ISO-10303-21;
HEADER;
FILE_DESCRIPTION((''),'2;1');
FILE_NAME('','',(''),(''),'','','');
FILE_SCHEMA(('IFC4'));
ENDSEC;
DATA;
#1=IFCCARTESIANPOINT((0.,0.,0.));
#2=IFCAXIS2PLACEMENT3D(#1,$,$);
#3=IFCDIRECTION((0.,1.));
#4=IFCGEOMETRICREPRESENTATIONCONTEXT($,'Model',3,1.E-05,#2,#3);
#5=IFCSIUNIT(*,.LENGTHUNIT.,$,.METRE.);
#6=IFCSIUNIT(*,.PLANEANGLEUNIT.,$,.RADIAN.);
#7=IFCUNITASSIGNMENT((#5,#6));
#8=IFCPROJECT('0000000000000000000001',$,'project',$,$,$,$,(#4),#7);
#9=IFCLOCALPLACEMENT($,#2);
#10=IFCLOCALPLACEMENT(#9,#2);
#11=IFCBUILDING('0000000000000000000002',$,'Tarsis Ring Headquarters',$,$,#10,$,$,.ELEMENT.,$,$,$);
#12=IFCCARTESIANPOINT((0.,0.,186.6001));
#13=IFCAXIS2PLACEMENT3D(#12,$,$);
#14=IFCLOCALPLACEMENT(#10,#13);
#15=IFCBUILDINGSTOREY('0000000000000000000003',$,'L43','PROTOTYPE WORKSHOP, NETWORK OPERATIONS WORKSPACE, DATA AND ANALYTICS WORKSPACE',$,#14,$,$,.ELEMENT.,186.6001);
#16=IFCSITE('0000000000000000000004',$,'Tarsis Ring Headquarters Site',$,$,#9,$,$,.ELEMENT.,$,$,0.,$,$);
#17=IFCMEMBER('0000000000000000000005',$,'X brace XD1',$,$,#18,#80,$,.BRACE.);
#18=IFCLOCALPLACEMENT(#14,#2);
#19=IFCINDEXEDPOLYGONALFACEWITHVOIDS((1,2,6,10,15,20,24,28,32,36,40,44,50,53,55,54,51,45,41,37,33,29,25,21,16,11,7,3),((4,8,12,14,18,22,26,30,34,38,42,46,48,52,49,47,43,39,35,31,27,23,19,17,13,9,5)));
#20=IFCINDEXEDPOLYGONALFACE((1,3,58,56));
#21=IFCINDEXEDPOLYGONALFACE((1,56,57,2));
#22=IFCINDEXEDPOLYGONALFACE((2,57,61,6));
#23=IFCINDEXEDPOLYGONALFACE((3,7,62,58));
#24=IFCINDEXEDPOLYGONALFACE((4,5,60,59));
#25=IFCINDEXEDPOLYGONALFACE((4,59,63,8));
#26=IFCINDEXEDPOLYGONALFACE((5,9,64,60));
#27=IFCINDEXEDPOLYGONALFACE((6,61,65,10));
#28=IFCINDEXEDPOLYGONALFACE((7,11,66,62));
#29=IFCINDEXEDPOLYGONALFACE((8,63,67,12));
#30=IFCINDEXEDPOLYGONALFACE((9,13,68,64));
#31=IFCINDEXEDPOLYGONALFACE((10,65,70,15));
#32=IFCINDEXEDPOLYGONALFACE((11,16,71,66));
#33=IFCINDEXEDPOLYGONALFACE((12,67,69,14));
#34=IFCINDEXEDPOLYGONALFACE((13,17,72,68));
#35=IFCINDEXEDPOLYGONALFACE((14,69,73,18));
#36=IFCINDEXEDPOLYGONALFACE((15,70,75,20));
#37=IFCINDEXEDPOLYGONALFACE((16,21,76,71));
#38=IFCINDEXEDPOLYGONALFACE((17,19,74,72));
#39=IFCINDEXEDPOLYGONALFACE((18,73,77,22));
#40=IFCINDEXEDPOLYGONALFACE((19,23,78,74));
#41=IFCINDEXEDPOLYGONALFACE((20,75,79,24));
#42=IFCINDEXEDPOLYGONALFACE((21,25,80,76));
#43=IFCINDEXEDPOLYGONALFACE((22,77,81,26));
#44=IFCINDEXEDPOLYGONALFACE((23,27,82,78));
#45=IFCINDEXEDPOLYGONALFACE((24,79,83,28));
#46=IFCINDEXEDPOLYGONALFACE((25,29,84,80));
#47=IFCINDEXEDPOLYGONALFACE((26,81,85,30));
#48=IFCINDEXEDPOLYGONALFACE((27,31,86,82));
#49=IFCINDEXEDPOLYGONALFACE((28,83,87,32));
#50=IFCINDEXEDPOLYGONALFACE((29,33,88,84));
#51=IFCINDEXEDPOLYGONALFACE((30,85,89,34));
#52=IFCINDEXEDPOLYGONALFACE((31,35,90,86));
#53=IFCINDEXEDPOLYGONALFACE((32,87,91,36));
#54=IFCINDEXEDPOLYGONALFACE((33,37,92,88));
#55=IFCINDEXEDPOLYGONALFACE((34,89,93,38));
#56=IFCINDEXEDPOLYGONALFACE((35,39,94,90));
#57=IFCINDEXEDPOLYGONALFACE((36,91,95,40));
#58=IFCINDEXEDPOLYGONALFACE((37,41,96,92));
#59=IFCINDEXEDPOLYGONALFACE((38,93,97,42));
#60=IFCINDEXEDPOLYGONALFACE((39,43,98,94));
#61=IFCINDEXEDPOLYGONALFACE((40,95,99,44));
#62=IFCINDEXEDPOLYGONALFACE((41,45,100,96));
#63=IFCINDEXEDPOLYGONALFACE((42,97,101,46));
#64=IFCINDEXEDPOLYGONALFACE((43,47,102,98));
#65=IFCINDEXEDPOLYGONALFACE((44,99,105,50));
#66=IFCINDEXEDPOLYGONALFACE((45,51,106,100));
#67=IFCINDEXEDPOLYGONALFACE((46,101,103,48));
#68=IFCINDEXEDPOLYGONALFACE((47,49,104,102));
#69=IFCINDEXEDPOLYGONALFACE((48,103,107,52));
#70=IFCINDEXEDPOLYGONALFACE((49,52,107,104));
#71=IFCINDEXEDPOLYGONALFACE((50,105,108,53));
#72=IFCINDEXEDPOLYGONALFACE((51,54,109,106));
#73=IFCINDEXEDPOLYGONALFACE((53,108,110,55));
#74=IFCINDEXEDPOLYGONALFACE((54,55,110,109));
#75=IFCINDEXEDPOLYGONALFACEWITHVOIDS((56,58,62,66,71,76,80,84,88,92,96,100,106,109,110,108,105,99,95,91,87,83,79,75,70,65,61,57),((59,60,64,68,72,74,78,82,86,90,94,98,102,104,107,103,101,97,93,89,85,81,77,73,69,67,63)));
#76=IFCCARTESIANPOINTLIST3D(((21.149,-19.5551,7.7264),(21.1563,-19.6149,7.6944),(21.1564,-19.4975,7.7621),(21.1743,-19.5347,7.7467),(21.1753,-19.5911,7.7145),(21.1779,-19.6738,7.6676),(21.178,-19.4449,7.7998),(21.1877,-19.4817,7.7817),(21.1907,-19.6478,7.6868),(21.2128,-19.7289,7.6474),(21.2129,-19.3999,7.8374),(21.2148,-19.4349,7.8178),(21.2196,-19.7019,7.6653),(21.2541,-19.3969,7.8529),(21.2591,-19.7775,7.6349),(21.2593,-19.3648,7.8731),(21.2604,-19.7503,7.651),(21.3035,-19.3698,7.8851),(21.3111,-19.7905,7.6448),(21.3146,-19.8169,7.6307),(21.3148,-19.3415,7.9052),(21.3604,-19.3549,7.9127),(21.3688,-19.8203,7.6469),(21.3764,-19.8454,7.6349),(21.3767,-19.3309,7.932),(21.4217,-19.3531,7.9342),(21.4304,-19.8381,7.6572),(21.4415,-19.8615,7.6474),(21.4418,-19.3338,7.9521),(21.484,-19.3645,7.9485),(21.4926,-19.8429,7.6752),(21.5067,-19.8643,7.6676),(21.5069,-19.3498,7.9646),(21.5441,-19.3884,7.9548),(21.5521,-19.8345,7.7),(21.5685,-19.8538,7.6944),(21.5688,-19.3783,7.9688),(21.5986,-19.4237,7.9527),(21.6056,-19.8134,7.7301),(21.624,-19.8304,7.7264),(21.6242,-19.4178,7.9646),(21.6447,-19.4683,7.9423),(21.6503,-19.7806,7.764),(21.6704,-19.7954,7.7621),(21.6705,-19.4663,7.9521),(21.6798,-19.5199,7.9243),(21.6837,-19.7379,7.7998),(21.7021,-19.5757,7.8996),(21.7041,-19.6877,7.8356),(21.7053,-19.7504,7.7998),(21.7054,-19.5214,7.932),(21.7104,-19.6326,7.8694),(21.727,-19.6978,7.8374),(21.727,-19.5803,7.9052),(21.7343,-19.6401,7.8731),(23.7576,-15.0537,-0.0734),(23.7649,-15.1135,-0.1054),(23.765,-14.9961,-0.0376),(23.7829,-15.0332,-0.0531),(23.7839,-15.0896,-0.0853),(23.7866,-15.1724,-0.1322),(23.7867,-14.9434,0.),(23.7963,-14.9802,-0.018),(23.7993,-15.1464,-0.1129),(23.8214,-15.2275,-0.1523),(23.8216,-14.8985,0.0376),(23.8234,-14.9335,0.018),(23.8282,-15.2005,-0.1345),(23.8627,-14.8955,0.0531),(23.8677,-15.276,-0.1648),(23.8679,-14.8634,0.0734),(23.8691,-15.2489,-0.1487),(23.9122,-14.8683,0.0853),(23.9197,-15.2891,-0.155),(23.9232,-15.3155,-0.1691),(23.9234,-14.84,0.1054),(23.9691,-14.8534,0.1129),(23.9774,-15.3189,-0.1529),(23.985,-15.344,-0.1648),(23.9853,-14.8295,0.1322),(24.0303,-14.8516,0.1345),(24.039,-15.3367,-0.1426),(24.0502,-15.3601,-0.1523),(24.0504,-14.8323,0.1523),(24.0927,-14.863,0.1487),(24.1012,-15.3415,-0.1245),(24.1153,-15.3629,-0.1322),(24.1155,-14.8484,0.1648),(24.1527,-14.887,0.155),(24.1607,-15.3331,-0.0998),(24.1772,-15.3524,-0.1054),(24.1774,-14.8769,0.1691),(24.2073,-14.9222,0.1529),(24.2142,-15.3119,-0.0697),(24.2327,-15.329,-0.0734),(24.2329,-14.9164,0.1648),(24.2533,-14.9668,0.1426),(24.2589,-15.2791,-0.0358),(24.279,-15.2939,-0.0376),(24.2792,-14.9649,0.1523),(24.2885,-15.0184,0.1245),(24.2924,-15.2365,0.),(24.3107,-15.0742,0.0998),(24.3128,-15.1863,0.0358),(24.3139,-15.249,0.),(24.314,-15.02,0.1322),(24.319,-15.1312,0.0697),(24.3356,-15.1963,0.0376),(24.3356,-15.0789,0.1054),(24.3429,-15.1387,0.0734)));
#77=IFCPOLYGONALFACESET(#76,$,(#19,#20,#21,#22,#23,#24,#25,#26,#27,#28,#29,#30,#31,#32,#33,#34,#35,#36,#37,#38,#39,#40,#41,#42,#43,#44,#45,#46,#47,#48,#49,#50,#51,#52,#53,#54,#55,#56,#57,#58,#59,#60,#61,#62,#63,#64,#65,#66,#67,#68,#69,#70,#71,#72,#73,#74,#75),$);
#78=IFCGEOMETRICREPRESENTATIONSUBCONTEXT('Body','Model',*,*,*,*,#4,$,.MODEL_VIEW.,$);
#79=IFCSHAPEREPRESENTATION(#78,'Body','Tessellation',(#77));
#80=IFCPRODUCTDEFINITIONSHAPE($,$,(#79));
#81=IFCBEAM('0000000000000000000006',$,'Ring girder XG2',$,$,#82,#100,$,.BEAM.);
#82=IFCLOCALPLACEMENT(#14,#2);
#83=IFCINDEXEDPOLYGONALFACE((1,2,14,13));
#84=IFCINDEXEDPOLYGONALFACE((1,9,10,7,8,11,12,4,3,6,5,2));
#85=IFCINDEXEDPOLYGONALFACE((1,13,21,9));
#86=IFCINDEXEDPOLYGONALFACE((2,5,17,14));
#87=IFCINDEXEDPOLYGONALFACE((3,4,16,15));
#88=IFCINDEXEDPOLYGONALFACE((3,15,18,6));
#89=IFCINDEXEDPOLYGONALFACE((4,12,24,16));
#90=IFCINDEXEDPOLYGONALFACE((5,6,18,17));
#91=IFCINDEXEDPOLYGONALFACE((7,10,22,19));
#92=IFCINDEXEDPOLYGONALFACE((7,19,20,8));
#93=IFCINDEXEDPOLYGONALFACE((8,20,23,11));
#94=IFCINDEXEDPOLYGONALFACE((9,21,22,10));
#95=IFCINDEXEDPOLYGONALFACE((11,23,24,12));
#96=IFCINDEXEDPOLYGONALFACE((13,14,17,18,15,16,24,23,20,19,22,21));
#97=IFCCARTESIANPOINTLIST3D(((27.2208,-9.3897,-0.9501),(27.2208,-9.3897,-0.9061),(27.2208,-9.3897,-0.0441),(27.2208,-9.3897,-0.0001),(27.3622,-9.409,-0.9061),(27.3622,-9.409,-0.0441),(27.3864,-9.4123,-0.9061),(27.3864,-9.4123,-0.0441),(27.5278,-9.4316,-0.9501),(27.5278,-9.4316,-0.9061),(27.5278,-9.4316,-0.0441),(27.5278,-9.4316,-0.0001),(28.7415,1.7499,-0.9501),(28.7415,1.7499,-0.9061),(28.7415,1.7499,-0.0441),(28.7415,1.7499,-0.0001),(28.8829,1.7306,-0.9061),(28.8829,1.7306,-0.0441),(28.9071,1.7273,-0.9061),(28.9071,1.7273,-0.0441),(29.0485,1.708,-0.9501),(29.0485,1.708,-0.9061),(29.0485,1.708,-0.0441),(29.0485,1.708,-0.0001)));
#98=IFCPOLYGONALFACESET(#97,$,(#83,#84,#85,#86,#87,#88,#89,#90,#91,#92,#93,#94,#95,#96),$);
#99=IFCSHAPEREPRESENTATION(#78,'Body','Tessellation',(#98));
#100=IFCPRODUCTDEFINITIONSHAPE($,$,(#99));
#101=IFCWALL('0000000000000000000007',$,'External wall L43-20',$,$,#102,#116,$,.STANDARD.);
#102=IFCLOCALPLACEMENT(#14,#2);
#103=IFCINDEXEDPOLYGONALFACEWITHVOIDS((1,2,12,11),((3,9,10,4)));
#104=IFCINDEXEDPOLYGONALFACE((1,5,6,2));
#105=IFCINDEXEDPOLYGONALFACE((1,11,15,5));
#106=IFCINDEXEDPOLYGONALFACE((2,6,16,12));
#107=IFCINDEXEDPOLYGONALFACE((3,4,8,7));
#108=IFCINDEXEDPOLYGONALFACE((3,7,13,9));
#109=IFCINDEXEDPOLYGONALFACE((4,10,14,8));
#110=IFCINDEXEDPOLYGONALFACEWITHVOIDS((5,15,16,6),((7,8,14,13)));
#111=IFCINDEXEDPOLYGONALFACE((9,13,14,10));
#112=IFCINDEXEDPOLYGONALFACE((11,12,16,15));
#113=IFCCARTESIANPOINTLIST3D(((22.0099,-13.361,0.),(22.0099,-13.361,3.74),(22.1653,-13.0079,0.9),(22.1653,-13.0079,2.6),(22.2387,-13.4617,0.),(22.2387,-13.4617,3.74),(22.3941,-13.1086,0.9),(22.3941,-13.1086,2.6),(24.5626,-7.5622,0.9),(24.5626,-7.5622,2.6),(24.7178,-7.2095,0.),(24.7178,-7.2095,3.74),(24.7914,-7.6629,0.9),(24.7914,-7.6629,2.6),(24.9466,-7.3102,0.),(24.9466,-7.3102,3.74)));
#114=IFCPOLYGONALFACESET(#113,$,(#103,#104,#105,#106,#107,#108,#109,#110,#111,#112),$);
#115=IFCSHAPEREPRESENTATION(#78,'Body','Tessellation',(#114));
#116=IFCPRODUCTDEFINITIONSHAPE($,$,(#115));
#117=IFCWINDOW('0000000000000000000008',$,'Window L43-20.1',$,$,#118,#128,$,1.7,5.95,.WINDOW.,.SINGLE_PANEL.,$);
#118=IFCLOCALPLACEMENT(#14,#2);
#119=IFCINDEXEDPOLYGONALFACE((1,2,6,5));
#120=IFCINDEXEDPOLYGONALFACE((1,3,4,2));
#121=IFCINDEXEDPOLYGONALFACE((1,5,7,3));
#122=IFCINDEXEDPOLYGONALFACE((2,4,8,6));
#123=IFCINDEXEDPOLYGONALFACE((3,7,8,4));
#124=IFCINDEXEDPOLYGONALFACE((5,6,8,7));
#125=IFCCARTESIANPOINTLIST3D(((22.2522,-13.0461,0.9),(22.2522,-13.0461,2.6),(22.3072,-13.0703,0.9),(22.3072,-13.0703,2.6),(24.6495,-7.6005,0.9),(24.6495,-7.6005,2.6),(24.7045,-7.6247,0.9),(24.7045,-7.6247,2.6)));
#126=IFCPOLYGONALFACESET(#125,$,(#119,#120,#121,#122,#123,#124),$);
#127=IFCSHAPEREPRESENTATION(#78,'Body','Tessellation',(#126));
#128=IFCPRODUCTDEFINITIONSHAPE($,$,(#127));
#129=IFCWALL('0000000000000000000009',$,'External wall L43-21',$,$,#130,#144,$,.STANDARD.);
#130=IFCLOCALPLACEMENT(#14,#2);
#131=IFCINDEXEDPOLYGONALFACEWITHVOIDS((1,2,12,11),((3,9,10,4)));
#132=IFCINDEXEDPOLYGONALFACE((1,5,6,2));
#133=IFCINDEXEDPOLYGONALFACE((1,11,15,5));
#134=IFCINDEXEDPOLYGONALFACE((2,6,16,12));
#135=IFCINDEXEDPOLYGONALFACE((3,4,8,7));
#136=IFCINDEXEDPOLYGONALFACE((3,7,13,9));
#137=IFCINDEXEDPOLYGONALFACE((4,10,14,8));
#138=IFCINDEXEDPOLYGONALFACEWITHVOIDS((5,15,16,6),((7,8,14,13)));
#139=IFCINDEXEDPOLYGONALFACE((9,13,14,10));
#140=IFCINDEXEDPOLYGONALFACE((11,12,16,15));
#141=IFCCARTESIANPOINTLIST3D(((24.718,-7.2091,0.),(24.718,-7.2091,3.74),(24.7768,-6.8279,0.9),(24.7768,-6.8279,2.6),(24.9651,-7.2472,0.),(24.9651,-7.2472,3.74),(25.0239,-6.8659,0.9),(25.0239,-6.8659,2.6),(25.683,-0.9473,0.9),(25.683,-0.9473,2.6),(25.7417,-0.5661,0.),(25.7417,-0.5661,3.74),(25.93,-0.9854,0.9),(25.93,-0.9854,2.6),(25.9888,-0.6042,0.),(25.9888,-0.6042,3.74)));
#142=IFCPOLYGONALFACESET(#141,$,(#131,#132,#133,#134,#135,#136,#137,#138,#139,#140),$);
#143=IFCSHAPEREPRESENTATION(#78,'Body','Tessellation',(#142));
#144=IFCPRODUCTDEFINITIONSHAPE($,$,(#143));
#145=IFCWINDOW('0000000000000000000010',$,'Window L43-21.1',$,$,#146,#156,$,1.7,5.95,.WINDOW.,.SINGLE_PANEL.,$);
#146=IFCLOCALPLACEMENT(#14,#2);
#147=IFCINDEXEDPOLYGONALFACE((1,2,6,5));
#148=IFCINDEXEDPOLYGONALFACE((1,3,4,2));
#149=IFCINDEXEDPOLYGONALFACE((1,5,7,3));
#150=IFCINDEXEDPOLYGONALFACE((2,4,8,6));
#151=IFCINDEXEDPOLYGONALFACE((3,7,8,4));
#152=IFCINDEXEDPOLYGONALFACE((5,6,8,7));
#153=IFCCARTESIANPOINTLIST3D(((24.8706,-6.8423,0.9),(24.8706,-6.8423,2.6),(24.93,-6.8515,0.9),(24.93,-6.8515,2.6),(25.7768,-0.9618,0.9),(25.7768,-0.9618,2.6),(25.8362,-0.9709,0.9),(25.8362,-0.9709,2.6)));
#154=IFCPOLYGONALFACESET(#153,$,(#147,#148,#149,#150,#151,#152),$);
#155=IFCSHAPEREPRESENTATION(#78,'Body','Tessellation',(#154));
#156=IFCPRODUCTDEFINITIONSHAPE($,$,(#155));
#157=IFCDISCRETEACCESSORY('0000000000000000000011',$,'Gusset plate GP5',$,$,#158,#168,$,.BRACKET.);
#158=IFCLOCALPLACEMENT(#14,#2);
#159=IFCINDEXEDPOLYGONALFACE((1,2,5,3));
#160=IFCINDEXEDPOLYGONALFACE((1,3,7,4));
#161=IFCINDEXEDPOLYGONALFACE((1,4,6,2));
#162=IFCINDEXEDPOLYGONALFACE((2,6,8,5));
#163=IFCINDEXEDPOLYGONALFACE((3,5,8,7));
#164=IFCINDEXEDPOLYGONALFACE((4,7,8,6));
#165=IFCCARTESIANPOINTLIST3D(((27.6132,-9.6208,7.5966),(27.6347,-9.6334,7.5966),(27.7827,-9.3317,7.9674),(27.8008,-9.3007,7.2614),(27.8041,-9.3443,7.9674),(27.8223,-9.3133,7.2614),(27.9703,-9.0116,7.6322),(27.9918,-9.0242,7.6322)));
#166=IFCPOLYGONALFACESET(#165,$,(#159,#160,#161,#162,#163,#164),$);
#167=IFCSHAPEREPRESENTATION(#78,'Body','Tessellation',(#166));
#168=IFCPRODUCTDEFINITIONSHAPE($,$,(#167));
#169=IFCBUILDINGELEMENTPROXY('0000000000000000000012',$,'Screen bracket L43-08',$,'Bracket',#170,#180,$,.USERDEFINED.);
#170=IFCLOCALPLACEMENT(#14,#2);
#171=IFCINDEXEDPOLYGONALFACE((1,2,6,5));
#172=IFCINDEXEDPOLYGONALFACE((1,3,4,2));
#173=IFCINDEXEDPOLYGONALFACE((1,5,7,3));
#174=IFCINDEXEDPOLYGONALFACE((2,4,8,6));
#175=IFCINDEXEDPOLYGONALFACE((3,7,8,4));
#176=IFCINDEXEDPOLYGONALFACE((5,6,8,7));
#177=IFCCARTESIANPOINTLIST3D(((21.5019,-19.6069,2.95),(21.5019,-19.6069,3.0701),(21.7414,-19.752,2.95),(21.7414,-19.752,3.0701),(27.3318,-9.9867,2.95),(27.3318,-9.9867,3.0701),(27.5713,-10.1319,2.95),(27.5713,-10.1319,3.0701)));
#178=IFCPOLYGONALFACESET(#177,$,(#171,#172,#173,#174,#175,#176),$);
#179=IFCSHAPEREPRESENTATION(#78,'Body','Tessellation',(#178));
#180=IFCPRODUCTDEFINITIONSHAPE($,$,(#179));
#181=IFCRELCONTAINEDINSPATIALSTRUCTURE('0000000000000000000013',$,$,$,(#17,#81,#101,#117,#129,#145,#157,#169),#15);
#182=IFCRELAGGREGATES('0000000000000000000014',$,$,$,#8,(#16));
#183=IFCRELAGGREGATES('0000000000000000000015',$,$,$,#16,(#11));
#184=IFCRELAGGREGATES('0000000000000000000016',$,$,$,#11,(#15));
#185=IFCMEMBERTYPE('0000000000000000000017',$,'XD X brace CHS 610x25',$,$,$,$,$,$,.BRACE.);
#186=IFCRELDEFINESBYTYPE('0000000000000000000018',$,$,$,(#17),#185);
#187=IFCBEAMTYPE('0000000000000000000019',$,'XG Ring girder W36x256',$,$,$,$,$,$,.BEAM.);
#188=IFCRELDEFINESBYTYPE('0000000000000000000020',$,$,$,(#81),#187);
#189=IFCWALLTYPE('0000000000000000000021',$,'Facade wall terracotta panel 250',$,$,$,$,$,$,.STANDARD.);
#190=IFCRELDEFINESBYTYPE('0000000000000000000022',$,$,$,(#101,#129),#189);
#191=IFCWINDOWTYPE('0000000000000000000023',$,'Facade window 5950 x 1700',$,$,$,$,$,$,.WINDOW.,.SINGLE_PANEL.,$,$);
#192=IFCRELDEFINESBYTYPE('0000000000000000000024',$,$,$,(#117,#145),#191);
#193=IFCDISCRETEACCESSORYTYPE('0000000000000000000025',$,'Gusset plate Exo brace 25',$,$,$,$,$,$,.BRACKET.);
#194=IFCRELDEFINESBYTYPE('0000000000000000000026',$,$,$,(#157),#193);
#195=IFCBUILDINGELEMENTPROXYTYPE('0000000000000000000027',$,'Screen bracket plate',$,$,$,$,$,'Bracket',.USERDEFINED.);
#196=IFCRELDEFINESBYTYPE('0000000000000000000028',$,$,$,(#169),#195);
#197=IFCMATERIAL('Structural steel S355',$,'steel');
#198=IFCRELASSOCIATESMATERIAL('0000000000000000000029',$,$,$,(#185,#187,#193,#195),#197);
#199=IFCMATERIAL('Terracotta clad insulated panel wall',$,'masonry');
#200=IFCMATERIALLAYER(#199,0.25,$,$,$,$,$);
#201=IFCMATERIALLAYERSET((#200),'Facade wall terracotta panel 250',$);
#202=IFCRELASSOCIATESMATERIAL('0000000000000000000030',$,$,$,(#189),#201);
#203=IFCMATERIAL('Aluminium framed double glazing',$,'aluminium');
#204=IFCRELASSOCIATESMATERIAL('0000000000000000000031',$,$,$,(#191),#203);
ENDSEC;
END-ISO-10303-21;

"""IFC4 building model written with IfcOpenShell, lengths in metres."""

from ifc_helpers import new_model, si_unit, direction, frame, frame_2d, origin, origin_2d, place, context, subcontext, project, spatial, rectangle, hollow_circle, i_section, extrude, material, layer, layer_set, material_profile, profile_set, type_object, element, fill, save


model = new_model("IFC4")

# Units and contexts
model_context = context("Model", 3, precision=1e-05, world=origin(), true_north=direction((0.0, 1.0)))
body_context = subcontext(model_context, "Body", "Model", "MODEL_VIEW")
ifc_project = project(units=[si_unit("LENGTHUNIT", "METRE"), si_unit("PLANEANGLEUNIT", "RADIAN")], contexts=[model_context])

# Site, building, storey
site_placement = place(None, origin())
site = spatial("IfcSite", under=ifc_project, at=site_placement, Name="Tarsis Ring Headquarters Site", CompositionType="ELEMENT", RefElevation=0.0)
building_placement = place(site_placement, origin())
building = spatial("IfcBuilding", under=site, at=building_placement, Name="Tarsis Ring Headquarters", CompositionType="ELEMENT")
storey_placement = place(building_placement, frame((0.0, 0.0, 186.6001)))
storey = spatial("IfcBuildingStorey", under=building, at=storey_placement, Name="L43", Description="PROTOTYPE WORKSHOP, NETWORK OPERATIONS WORKSPACE, DATA AND ANALYTICS WORKSPACE", CompositionType="ELEMENT", Elevation=186.6001)

# Shared definitions
ifc_material_1 = material(Name="Structural steel S355", Category="steel")

# Member
ifc_material_profile_1 = material_profile(ifc_material_1, hollow_circle(Radius=0.3047, WallThickness=0.0249, at=origin_2d()), Name="CHS 610x25")
ifc_profile_set_1 = profile_set([ifc_material_profile_1], Name="Structural steel S355")
member_type = type_object("IfcMemberType", Name="XD X brace CHS 610x25", PredefinedType="BRACE", material=ifc_profile_set_1)
member_1_placement = place(storey_placement, frame((24.0503, -15.0962, 0.0), z_axis=(-0.278232, -0.480117, 0.83191), x_axis=(0.865215, -0.501401, 0.0)))
element("IfcMember", 1, at=member_1_placement, inside=storey, type_object=member_type, Name="X brace XD1", PredefinedType="BRACE", context=body_context, shape_type="SweptSolid", body=[
    extrude(hollow_circle(Radius=0.3047, WallThickness=0.0249, at=origin_2d()), origin(), (0.0, 0.0, 1.0), 9.3757),
])

# Beam
ifc_material_profile_2 = material_profile(ifc_material_1, i_section(OverallWidth=0.3098, OverallDepth=0.95, WebThickness=0.0244, FlangeThickness=0.0439, at=origin_2d()), Name="W36x256")
ifc_profile_set_2 = profile_set([ifc_material_profile_2], Name="Structural steel S355")
beam_type = type_object("IfcBeamType", Name="XG Ring girder W36x256", PredefinedType="BEAM", material=ifc_profile_set_2)
beam_placement = place(storey_placement, frame((27.3743, -9.4106, -0.4751), z_axis=(0.135262, 0.99081, 0.0), x_axis=(-0.99081, 0.135262, 0.0)))
element("IfcBeam", 2, at=beam_placement, inside=storey, type_object=beam_type, Name="Ring girder XG2", PredefinedType="BEAM", context=body_context, shape_type="SweptSolid", body=[
    extrude(i_section(OverallWidth=0.3098, OverallDepth=0.95, WebThickness=0.0244, FlangeThickness=0.0439, at=origin_2d()), origin(), (0.0, 0.0, 1.0), 11.2429),
])

# Walls, openings, windows
ifc_material_2 = material(Name="Terracotta clad insulated panel wall", Category="masonry")
ifc_layer = layer(ifc_material_2, 0.25)
ifc_layer_set = layer_set([ifc_layer], Name="Facade wall terracotta panel 250")
wall_type = type_object("IfcWallType", Name="Facade wall terracotta panel 250", PredefinedType="STANDARD", material=ifc_layer_set)
wall_1_placement = place(storey_placement, frame((22.1243, -13.4114, 0.0), z_axis=(0.0, 0.0, 1.0), x_axis=(0.402901, 0.915244, 0.0)))
wall_1 = element("IfcWall", 3, at=wall_1_placement, inside=storey, type_object=wall_type, Name="External wall L43-20", PredefinedType="STANDARD", context=body_context, shape_type="SweptSolid", body=[
    extrude(rectangle(XDim=6.7212, YDim=0.25, at=frame_2d((3.3606, 0.0))), origin(), (0.0, 0.0, 1.0), 3.74),
])
opening_1_placement = place(wall_1_placement, frame((0.3857, 0.0, 0.8999)))
opening_1 = element("IfcOpeningElement", 4, at=opening_1_placement, cuts=wall_1, PredefinedType="OPENING", context=body_context, shape_type="SweptSolid", body=[
    extrude(rectangle(XDim=5.95, YDim=1.7, at=frame_2d((2.9751, 0.8501))), frame((0.0, 0.135, 0.0), z_axis=(0.0, -1.0, 0.0), x_axis=(1.0, 0.0, 0.0)), (0.0, 0.0, 1.0), 0.27),
])
ifc_material_3 = material(Name="Aluminium framed double glazing", Category="aluminium")
window_type = type_object("IfcWindowType", Name="Facade window 5950 x 1700", PartitioningType="SINGLE_PANEL", PredefinedType="WINDOW", material=ifc_material_3)
window_1_placement = place(opening_1_placement, origin())
window_1 = element("IfcWindow", 5, at=window_1_placement, inside=storey, type_object=window_type, Name="Window L43-20.1", OverallHeight=1.7, OverallWidth=5.95, PartitioningType="SINGLE_PANEL", PredefinedType="WINDOW", context=body_context, shape_type="SweptSolid", body=[
    extrude(rectangle(XDim=5.95, YDim=1.7, at=frame_2d((2.9751, 0.8501))), frame((0.0, 0.03, 0.0), z_axis=(0.0, -1.0, 0.0), x_axis=(1.0, 0.0, 0.0)), (0.0, 0.0, 1.0), 0.0601),
])
fill(opening_1, window_1)
wall_2_placement = place(storey_placement, frame((24.8416, -7.2283, 0.0), z_axis=(0.0, 0.0, 1.0), x_axis=(0.1523, 0.988334, 0.0)))
wall_2 = element("IfcWall", 6, at=wall_2_placement, inside=storey, type_object=wall_type, Name="External wall L43-21", PredefinedType="STANDARD", context=body_context, shape_type="SweptSolid", body=[
    extrude(rectangle(XDim=6.7214, YDim=0.25, at=frame_2d((3.3608, 0.0))), origin(), (0.0, 0.0, 1.0), 3.74),
])
opening_2_placement = place(wall_2_placement, frame((0.3857, 0.0, 0.8999)))
opening_2 = element("IfcOpeningElement", 7, at=opening_2_placement, cuts=wall_2, PredefinedType="OPENING", context=body_context, shape_type="SweptSolid", body=[
    extrude(rectangle(XDim=5.95, YDim=1.7, at=frame_2d((2.9751, 0.8501))), frame((0.0, 0.135, 0.0), z_axis=(0.0, -1.0, 0.0), x_axis=(1.0, 0.0, 0.0)), (0.0, 0.0, 1.0), 0.27),
])
window_2_placement = place(opening_2_placement, origin())
window_2 = element("IfcWindow", 8, at=window_2_placement, inside=storey, type_object=window_type, Name="Window L43-21.1", OverallHeight=1.7, OverallWidth=5.95, PartitioningType="SINGLE_PANEL", PredefinedType="WINDOW", context=body_context, shape_type="SweptSolid", body=[
    extrude(rectangle(XDim=5.95, YDim=1.7, at=frame_2d((2.9751, 0.8501))), frame((0.0, 0.03, 0.0), z_axis=(0.0, -1.0, 0.0), x_axis=(1.0, 0.0, 0.0)), (0.0, 0.0, 1.0), 0.0601),
])
fill(opening_2, window_2)

# Discrete accessory
ifc_material_profile_3 = material_profile(ifc_material_1, rectangle(XDim=0.0249, YDim=0.5, at=origin_2d()), Name="PL 25x500")
ifc_profile_set_3 = profile_set([ifc_material_profile_3], Name="Structural steel S355")
discrete_accessory_type = type_object("IfcDiscreteAccessoryType", Name="Gusset plate Exo brace 25", PredefinedType="BRACKET", material=ifc_profile_set_3)
discrete_accessory_placement = place(storey_placement, frame((27.8872, -9.178, 7.7998), z_axis=(-0.339007, -0.578363, -0.742005), x_axis=(0.86272, -0.505682, 0.0)))
element("IfcDiscreteAccessory", 9, at=discrete_accessory_placement, inside=storey, type_object=discrete_accessory_type, Name="Gusset plate GP5", PredefinedType="BRACKET", context=body_context, shape_type="SweptSolid", body=[
    extrude(rectangle(XDim=0.0249, YDim=0.5, at=origin_2d()), origin(), (0.0, 0.0, 1.0), 0.4998),
])

# Building element proxy
building_element_proxy_type = type_object("IfcBuildingElementProxyType", Name="Screen bracket plate", ElementType="Bracket", PredefinedType="USERDEFINED", material=ifc_material_1)
proxy_placement = place(storey_placement, frame((24.5366, -14.8694, 2.95), z_axis=(0.0, 0.0, 1.0), x_axis=(0.518269, 0.855218, 0.0)))
element("IfcBuildingElementProxy", 10, at=proxy_placement, inside=storey, type_object=building_element_proxy_type, Name="Screen bracket L43-08", ObjectType="Bracket", PredefinedType="USERDEFINED", context=body_context, shape_type="SweptSolid", body=[
    extrude(rectangle(XDim=11.2488, YDim=0.28, at=origin_2d()), origin(), (0.0, 0.0, 1.0), 0.1201),
])

save(model, "model.ifc")
